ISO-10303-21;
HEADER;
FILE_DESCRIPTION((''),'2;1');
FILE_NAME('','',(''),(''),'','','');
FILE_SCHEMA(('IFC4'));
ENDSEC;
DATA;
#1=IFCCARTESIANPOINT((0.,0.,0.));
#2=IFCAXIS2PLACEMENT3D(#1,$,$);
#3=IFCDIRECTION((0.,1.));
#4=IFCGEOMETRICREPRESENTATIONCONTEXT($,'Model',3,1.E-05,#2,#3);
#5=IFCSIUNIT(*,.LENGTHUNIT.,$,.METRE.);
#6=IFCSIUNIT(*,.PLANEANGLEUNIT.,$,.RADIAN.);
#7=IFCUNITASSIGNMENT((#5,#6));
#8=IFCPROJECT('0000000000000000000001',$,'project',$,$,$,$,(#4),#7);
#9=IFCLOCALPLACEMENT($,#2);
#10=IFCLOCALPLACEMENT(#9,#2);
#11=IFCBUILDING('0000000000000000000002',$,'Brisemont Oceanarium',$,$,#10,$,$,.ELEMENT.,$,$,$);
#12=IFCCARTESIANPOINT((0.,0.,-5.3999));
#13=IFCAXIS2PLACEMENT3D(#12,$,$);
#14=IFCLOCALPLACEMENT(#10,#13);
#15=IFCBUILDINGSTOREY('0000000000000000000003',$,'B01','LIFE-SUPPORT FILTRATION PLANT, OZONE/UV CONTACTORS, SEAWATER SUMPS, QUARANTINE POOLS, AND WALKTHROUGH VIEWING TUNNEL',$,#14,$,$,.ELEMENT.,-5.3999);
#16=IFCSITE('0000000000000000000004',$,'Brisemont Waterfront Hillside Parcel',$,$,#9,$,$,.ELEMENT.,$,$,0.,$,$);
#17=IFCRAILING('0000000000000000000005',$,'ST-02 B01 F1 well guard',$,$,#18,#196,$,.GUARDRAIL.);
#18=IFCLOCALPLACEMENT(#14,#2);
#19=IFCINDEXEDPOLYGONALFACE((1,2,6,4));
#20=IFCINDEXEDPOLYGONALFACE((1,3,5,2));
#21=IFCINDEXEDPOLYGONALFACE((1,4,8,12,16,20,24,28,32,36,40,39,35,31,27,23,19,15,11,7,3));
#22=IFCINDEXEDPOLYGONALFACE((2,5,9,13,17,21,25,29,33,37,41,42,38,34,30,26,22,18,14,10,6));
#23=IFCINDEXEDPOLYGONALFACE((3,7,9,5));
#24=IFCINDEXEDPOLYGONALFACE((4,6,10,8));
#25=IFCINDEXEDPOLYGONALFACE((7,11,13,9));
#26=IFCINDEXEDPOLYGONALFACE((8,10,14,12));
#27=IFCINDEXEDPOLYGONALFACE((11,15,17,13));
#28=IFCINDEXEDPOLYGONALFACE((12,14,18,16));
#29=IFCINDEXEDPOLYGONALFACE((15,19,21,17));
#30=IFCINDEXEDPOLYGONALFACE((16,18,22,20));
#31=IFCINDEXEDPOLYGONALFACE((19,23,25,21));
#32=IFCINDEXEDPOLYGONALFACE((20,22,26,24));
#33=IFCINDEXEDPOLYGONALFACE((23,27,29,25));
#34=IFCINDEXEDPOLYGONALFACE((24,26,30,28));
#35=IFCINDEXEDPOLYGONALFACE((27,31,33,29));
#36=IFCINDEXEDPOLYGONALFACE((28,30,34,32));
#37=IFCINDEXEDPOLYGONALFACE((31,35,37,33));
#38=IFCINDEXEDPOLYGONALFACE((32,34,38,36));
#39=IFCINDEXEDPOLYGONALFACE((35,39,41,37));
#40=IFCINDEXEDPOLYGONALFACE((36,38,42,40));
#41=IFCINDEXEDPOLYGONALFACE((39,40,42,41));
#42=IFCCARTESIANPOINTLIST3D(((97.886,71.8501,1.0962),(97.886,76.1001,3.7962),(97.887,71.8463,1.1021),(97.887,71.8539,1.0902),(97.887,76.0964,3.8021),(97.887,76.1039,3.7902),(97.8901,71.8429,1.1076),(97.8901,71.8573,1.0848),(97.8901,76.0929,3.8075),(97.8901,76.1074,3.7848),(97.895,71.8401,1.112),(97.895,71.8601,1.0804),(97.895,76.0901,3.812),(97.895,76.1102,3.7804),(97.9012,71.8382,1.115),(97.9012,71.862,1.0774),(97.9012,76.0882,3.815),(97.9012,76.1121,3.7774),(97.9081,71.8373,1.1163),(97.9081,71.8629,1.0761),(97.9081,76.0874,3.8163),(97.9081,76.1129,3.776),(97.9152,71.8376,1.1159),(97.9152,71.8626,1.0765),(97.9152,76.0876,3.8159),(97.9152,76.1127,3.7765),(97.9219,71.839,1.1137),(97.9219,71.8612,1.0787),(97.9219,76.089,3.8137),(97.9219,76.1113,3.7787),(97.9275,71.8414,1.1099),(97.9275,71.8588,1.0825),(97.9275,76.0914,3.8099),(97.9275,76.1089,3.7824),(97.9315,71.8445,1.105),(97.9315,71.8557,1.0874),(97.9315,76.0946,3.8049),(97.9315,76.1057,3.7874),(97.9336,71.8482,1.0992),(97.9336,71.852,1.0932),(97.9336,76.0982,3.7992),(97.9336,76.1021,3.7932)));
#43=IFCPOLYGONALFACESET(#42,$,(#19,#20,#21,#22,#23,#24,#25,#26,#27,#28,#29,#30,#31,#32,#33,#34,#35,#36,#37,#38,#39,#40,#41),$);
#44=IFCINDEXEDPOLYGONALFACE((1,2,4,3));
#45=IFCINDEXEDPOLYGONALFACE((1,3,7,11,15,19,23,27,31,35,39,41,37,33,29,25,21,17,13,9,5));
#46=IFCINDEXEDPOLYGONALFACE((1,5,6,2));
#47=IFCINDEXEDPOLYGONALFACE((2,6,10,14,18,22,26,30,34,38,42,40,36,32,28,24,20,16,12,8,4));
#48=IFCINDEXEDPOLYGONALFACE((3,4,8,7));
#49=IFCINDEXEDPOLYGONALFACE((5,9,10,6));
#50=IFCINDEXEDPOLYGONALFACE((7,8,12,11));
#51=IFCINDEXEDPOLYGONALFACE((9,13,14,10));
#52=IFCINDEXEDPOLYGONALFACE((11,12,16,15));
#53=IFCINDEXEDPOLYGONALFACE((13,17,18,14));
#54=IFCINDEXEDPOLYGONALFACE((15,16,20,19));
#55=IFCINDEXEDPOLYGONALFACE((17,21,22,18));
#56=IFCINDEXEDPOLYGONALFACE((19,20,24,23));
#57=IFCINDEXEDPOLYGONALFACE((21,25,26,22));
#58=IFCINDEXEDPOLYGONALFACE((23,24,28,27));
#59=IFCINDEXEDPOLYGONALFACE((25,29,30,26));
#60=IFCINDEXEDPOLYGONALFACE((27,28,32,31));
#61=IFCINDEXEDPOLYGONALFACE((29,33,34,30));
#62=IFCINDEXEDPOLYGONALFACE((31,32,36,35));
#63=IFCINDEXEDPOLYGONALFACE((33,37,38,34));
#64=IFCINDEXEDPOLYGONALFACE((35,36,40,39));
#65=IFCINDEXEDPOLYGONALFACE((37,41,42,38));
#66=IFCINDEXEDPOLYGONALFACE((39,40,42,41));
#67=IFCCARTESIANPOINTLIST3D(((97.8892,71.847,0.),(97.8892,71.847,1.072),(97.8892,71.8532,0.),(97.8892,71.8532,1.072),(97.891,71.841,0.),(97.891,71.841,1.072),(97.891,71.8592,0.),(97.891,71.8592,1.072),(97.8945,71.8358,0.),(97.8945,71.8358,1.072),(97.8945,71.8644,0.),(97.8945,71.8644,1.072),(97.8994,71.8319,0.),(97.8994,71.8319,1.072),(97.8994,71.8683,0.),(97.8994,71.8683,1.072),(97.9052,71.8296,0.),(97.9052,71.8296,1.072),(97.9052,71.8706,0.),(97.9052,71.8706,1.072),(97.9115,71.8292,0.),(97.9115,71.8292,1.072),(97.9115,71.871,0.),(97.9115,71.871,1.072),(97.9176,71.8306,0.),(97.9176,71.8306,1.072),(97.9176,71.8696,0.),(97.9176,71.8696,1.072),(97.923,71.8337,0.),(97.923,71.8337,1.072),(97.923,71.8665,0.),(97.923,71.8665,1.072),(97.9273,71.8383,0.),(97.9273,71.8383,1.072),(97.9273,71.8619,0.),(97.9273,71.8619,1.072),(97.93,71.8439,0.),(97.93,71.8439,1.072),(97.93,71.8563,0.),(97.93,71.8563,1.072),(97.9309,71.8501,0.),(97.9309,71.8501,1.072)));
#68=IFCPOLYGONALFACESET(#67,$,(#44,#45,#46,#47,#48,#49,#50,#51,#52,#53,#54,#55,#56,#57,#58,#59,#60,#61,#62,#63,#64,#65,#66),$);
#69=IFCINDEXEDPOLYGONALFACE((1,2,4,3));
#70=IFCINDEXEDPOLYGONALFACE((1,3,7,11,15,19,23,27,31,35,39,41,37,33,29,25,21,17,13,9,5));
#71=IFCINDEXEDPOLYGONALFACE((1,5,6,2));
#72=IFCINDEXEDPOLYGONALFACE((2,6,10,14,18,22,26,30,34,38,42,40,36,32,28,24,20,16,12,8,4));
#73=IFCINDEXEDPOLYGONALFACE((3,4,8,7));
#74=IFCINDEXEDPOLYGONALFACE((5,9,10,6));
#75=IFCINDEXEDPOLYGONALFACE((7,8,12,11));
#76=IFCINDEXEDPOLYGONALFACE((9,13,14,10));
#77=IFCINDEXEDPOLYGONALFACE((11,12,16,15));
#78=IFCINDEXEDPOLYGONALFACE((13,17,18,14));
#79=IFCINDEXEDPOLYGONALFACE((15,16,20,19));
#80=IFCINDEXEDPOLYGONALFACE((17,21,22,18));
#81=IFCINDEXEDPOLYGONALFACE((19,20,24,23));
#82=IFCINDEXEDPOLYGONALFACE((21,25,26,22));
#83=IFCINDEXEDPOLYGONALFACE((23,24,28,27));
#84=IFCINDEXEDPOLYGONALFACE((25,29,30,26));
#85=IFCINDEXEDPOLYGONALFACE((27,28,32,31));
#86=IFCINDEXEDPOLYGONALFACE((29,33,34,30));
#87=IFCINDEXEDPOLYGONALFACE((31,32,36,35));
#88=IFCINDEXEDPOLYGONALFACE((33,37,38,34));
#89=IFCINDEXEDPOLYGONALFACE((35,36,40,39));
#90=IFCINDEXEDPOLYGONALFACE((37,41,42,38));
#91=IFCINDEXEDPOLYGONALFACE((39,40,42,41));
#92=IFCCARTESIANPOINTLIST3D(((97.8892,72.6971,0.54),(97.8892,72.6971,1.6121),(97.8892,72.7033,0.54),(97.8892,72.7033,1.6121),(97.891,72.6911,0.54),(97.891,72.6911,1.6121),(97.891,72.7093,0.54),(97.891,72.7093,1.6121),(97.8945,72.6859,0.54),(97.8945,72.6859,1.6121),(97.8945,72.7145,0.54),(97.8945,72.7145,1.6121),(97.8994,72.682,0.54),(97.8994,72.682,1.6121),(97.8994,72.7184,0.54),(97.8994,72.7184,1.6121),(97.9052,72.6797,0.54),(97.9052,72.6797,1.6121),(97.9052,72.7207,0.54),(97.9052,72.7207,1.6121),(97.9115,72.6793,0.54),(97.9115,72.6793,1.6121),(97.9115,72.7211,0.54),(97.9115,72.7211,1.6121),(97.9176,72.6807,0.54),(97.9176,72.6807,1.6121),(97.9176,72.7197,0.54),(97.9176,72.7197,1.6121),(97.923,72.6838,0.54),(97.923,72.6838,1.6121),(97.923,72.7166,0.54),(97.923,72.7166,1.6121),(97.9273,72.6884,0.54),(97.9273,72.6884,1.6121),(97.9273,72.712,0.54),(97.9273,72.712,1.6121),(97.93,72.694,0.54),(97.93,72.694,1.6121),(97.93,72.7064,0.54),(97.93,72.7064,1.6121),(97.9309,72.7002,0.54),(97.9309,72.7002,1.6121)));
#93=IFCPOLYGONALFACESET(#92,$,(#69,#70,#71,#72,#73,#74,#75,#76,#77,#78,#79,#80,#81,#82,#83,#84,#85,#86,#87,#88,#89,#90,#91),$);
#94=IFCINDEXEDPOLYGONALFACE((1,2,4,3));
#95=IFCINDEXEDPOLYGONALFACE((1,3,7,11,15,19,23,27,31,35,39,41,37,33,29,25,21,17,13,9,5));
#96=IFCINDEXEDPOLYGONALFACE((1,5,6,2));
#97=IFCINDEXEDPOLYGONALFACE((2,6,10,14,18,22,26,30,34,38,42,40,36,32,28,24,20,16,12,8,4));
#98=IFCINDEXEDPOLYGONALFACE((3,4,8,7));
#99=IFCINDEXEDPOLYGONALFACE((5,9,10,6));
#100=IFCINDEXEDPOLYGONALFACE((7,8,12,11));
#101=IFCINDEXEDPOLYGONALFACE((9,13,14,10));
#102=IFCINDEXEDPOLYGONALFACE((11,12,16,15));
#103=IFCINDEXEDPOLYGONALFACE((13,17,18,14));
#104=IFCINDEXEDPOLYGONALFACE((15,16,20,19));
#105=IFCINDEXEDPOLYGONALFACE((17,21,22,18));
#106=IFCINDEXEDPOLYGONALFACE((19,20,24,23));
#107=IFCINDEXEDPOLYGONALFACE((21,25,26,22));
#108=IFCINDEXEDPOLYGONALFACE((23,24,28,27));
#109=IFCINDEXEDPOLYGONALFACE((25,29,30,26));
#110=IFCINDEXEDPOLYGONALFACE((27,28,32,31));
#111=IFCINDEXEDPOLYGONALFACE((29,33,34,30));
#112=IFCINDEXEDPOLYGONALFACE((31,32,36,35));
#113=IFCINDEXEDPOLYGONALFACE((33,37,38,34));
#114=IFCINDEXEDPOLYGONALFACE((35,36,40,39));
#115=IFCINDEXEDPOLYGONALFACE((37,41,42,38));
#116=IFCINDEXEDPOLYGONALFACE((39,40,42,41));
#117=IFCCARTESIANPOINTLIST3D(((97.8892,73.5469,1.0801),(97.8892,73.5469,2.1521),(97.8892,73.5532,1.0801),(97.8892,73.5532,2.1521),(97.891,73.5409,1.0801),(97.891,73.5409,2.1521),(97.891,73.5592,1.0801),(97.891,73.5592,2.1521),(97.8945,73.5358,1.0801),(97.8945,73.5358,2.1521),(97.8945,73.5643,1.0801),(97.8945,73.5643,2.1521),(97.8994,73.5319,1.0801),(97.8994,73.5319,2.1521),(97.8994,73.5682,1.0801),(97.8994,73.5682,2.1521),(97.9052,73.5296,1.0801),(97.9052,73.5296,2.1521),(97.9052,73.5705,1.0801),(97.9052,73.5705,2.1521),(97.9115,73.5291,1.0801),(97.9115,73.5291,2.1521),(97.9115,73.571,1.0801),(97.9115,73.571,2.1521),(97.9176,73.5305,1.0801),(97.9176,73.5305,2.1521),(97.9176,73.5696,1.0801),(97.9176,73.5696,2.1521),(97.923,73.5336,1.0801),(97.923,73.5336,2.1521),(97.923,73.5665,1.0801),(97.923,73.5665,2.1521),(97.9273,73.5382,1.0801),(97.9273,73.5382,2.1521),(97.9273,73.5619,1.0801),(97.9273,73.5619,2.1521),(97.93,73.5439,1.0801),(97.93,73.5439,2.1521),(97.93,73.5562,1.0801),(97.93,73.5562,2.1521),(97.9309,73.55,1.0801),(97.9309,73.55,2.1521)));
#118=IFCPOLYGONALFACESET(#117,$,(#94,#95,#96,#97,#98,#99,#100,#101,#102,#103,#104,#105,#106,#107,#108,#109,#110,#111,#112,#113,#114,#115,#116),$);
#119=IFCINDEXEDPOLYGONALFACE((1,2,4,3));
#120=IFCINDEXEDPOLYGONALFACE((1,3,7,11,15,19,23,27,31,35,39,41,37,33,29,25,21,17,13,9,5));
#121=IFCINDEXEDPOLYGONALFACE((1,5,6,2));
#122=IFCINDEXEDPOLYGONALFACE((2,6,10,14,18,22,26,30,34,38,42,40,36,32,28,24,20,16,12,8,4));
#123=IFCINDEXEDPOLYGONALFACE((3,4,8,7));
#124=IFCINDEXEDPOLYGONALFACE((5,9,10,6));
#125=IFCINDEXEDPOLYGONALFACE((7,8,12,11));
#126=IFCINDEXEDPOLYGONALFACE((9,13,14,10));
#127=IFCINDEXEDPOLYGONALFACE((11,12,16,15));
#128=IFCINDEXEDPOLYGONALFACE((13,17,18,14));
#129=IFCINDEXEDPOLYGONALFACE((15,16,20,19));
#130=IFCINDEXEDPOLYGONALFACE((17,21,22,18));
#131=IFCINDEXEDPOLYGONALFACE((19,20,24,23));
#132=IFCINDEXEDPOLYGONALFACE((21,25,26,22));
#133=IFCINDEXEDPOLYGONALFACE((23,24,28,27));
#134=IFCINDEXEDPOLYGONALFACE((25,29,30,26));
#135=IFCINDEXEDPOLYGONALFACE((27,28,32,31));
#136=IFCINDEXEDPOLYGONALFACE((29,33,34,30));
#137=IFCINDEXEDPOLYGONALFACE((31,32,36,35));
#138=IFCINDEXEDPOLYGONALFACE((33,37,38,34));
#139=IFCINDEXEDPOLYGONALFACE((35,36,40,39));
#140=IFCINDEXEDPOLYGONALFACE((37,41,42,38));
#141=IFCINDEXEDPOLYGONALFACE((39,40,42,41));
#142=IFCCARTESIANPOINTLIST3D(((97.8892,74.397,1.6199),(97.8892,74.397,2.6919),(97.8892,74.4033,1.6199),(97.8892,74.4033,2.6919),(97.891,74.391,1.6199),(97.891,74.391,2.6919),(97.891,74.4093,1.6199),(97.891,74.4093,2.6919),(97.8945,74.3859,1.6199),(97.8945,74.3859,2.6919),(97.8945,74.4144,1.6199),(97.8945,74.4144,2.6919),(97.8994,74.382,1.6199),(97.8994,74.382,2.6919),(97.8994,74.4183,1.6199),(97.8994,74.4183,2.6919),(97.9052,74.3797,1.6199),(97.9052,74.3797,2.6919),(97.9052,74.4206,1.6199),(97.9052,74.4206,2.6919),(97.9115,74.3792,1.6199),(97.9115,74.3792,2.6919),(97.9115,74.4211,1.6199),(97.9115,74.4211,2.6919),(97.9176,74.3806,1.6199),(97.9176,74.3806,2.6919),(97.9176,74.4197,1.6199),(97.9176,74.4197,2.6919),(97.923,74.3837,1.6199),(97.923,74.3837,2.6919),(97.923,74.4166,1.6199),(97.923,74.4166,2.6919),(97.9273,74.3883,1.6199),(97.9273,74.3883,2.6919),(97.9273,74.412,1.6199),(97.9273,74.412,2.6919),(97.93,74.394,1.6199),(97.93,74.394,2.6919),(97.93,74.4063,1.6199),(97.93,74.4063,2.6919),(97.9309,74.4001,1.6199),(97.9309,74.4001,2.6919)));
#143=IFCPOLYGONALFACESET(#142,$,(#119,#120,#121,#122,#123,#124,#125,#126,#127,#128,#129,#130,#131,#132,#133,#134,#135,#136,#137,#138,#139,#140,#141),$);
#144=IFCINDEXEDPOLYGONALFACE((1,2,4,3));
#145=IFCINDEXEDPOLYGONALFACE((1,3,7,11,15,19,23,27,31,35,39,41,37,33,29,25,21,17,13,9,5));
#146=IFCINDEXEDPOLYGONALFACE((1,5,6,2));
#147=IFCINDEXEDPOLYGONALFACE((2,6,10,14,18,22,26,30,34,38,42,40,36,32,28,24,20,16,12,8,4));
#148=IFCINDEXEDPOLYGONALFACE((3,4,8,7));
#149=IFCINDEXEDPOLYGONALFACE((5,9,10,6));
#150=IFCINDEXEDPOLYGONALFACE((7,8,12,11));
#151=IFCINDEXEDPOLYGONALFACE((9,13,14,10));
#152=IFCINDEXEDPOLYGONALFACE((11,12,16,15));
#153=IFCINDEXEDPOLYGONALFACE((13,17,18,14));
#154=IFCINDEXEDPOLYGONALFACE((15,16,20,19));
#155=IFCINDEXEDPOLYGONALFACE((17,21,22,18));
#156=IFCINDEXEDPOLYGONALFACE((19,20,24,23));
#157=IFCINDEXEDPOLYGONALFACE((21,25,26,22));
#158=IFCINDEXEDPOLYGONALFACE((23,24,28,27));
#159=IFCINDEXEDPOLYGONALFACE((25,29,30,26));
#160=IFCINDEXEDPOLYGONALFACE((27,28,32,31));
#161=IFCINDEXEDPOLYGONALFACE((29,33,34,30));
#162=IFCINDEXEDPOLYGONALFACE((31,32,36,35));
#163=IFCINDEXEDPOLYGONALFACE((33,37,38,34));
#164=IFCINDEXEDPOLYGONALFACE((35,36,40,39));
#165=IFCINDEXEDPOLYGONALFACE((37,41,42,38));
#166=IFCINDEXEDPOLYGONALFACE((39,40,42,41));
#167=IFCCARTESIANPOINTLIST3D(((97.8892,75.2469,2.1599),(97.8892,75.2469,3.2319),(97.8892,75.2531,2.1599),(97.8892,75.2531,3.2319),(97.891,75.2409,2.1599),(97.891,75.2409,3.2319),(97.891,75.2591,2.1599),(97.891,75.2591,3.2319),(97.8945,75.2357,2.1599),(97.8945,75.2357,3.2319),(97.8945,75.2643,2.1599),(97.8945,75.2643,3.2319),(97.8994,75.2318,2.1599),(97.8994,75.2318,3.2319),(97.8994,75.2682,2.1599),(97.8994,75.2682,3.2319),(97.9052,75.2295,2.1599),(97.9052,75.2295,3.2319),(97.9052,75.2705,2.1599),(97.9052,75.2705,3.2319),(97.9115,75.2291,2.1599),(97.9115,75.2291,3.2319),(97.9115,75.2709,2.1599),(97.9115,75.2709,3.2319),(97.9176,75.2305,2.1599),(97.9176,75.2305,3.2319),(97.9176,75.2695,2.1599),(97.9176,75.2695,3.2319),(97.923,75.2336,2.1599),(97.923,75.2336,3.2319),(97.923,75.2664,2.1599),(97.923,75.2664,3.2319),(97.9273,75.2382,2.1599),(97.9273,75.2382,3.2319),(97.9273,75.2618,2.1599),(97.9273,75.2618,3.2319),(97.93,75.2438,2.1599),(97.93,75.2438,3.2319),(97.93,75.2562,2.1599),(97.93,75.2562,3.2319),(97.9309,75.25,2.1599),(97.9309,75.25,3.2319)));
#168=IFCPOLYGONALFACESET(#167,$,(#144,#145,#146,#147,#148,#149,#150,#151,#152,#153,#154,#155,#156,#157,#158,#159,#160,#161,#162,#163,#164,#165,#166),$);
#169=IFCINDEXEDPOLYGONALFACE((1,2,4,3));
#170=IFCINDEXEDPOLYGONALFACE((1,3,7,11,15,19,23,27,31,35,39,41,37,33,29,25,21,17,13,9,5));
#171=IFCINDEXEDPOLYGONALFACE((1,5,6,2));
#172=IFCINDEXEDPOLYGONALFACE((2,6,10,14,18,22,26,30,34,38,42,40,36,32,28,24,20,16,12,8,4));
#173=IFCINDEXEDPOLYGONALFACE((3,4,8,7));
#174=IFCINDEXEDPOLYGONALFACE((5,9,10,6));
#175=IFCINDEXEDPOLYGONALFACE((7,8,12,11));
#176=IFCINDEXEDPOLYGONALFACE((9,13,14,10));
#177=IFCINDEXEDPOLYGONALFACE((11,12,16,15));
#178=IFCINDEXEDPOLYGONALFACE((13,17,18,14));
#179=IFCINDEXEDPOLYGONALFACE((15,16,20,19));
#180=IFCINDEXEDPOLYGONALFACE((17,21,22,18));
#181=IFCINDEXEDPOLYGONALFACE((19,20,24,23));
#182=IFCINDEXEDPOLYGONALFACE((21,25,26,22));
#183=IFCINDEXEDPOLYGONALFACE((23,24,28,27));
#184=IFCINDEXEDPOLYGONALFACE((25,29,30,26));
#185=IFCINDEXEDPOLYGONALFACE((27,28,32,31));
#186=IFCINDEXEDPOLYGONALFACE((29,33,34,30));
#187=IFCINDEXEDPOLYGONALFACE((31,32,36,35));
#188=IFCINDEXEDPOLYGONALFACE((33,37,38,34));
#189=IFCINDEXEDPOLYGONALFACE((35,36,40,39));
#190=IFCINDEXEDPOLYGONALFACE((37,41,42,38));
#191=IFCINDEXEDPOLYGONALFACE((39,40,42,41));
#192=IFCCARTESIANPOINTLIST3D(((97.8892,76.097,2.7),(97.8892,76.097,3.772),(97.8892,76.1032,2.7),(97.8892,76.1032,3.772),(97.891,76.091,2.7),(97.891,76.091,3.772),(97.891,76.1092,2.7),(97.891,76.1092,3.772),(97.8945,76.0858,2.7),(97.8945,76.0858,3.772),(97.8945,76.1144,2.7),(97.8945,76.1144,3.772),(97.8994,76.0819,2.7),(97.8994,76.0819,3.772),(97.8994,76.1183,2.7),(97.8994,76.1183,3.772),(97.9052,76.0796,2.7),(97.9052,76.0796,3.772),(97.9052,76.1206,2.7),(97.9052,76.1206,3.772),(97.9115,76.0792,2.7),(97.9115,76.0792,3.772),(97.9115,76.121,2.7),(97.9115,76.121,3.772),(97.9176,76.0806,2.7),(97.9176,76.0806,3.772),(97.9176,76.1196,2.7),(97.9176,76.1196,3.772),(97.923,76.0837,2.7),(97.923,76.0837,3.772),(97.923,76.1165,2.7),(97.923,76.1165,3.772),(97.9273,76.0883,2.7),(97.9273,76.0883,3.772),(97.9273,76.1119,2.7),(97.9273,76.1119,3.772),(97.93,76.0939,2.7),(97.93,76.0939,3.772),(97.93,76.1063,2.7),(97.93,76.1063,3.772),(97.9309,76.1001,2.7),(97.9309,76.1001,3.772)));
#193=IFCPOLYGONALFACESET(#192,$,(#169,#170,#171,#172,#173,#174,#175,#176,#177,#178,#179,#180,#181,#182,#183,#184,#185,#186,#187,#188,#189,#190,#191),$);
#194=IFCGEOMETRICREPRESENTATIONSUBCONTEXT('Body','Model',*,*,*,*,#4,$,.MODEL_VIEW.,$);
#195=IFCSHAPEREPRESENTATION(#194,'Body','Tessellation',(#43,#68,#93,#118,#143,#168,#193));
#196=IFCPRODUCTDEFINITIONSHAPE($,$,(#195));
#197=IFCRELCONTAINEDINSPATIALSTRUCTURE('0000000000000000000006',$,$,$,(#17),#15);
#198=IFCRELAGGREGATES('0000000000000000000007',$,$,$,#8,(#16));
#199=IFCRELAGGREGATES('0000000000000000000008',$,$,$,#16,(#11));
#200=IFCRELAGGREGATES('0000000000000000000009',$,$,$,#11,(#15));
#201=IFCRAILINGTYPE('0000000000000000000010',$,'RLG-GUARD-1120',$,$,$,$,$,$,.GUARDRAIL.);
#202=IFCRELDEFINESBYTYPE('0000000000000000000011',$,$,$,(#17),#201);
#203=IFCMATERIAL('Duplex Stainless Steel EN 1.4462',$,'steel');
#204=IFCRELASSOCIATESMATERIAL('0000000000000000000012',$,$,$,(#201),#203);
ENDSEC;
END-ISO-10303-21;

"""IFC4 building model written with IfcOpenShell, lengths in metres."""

from ifc_helpers import new_model, si_unit, direction, frame, origin, origin_2d, place, context, subcontext, project, spatial, circle, extrude, material, type_object, element, save


model = new_model("IFC4")

# Units and contexts
model_context = context("Model", 3, precision=1e-05, world=origin(), true_north=direction((0.0, 1.0)))
body_context = subcontext(model_context, "Body", "Model", "MODEL_VIEW")
ifc_project = project(units=[si_unit("LENGTHUNIT", "METRE"), si_unit("PLANEANGLEUNIT", "RADIAN")], contexts=[model_context])

# Site, building, storey
site_placement = place(None, origin())
site = spatial("IfcSite", under=ifc_project, at=site_placement, Name="Brisemont Waterfront Hillside Parcel", CompositionType="ELEMENT", RefElevation=0.0)
building_placement = place(site_placement, origin())
building = spatial("IfcBuilding", under=site, at=building_placement, Name="Brisemont Oceanarium", CompositionType="ELEMENT")
storey_placement = place(building_placement, frame((0.0, 0.0, -5.3999)))
storey = spatial("IfcBuildingStorey", under=building, at=storey_placement, Name="B01", Description="LIFE-SUPPORT FILTRATION PLANT, OZONE/UV CONTACTORS, SEAWATER SUMPS, QUARANTINE POOLS, AND WALKTHROUGH VIEWING TUNNEL", CompositionType="ELEMENT", Elevation=-5.3999)

# Railing
ifc_material_1 = material(Name="Duplex Stainless Steel EN 1.4462", Category="steel")
railing_type_1 = type_object("IfcRailingType", Name="RLG-GUARD-1120", PredefinedType="GUARDRAIL", material=ifc_material_1)
railing_1_placement = place(storey_placement, frame((97.9099, 71.8501, 0.0)))
element("IfcRailing", 1, at=railing_1_placement, inside=storey, type_object=railing_type_1, Name="ST-02 B01 F1 well guard", PredefinedType="GUARDRAIL", context=body_context, shape_type="SweptSolid", body=[
    extrude(circle(Radius=0.0239, at=origin_2d()), frame((0.0, 0.0, 1.0962), z_axis=(0.0, 0.844075, 0.536226), x_axis=(-1.0, 0.0, 0.0)), (0.0, 0.0, 1.0), 5.0352),
    extrude(circle(Radius=0.021, at=origin_2d()), origin(), (0.0, 0.0, 1.0), 1.072),
    extrude(circle(Radius=0.021, at=origin_2d()), frame((0.0, 0.8501, 0.54)), (0.0, 0.0, 1.0), 1.072),
    extrude(circle(Radius=0.021, at=origin_2d()), frame((0.0, 1.7, 1.0801)), (0.0, 0.0, 1.0), 1.072),
    extrude(circle(Radius=0.021, at=origin_2d()), frame((0.0, 2.55, 1.6199)), (0.0, 0.0, 1.0), 1.072),
    extrude(circle(Radius=0.021, at=origin_2d()), frame((0.0, 3.3999, 2.1599)), (0.0, 0.0, 1.0), 1.072),
    extrude(circle(Radius=0.021, at=origin_2d()), frame((0.0, 4.25, 2.7)), (0.0, 0.0, 1.0), 1.072),
])

save(model, "model.ifc")
